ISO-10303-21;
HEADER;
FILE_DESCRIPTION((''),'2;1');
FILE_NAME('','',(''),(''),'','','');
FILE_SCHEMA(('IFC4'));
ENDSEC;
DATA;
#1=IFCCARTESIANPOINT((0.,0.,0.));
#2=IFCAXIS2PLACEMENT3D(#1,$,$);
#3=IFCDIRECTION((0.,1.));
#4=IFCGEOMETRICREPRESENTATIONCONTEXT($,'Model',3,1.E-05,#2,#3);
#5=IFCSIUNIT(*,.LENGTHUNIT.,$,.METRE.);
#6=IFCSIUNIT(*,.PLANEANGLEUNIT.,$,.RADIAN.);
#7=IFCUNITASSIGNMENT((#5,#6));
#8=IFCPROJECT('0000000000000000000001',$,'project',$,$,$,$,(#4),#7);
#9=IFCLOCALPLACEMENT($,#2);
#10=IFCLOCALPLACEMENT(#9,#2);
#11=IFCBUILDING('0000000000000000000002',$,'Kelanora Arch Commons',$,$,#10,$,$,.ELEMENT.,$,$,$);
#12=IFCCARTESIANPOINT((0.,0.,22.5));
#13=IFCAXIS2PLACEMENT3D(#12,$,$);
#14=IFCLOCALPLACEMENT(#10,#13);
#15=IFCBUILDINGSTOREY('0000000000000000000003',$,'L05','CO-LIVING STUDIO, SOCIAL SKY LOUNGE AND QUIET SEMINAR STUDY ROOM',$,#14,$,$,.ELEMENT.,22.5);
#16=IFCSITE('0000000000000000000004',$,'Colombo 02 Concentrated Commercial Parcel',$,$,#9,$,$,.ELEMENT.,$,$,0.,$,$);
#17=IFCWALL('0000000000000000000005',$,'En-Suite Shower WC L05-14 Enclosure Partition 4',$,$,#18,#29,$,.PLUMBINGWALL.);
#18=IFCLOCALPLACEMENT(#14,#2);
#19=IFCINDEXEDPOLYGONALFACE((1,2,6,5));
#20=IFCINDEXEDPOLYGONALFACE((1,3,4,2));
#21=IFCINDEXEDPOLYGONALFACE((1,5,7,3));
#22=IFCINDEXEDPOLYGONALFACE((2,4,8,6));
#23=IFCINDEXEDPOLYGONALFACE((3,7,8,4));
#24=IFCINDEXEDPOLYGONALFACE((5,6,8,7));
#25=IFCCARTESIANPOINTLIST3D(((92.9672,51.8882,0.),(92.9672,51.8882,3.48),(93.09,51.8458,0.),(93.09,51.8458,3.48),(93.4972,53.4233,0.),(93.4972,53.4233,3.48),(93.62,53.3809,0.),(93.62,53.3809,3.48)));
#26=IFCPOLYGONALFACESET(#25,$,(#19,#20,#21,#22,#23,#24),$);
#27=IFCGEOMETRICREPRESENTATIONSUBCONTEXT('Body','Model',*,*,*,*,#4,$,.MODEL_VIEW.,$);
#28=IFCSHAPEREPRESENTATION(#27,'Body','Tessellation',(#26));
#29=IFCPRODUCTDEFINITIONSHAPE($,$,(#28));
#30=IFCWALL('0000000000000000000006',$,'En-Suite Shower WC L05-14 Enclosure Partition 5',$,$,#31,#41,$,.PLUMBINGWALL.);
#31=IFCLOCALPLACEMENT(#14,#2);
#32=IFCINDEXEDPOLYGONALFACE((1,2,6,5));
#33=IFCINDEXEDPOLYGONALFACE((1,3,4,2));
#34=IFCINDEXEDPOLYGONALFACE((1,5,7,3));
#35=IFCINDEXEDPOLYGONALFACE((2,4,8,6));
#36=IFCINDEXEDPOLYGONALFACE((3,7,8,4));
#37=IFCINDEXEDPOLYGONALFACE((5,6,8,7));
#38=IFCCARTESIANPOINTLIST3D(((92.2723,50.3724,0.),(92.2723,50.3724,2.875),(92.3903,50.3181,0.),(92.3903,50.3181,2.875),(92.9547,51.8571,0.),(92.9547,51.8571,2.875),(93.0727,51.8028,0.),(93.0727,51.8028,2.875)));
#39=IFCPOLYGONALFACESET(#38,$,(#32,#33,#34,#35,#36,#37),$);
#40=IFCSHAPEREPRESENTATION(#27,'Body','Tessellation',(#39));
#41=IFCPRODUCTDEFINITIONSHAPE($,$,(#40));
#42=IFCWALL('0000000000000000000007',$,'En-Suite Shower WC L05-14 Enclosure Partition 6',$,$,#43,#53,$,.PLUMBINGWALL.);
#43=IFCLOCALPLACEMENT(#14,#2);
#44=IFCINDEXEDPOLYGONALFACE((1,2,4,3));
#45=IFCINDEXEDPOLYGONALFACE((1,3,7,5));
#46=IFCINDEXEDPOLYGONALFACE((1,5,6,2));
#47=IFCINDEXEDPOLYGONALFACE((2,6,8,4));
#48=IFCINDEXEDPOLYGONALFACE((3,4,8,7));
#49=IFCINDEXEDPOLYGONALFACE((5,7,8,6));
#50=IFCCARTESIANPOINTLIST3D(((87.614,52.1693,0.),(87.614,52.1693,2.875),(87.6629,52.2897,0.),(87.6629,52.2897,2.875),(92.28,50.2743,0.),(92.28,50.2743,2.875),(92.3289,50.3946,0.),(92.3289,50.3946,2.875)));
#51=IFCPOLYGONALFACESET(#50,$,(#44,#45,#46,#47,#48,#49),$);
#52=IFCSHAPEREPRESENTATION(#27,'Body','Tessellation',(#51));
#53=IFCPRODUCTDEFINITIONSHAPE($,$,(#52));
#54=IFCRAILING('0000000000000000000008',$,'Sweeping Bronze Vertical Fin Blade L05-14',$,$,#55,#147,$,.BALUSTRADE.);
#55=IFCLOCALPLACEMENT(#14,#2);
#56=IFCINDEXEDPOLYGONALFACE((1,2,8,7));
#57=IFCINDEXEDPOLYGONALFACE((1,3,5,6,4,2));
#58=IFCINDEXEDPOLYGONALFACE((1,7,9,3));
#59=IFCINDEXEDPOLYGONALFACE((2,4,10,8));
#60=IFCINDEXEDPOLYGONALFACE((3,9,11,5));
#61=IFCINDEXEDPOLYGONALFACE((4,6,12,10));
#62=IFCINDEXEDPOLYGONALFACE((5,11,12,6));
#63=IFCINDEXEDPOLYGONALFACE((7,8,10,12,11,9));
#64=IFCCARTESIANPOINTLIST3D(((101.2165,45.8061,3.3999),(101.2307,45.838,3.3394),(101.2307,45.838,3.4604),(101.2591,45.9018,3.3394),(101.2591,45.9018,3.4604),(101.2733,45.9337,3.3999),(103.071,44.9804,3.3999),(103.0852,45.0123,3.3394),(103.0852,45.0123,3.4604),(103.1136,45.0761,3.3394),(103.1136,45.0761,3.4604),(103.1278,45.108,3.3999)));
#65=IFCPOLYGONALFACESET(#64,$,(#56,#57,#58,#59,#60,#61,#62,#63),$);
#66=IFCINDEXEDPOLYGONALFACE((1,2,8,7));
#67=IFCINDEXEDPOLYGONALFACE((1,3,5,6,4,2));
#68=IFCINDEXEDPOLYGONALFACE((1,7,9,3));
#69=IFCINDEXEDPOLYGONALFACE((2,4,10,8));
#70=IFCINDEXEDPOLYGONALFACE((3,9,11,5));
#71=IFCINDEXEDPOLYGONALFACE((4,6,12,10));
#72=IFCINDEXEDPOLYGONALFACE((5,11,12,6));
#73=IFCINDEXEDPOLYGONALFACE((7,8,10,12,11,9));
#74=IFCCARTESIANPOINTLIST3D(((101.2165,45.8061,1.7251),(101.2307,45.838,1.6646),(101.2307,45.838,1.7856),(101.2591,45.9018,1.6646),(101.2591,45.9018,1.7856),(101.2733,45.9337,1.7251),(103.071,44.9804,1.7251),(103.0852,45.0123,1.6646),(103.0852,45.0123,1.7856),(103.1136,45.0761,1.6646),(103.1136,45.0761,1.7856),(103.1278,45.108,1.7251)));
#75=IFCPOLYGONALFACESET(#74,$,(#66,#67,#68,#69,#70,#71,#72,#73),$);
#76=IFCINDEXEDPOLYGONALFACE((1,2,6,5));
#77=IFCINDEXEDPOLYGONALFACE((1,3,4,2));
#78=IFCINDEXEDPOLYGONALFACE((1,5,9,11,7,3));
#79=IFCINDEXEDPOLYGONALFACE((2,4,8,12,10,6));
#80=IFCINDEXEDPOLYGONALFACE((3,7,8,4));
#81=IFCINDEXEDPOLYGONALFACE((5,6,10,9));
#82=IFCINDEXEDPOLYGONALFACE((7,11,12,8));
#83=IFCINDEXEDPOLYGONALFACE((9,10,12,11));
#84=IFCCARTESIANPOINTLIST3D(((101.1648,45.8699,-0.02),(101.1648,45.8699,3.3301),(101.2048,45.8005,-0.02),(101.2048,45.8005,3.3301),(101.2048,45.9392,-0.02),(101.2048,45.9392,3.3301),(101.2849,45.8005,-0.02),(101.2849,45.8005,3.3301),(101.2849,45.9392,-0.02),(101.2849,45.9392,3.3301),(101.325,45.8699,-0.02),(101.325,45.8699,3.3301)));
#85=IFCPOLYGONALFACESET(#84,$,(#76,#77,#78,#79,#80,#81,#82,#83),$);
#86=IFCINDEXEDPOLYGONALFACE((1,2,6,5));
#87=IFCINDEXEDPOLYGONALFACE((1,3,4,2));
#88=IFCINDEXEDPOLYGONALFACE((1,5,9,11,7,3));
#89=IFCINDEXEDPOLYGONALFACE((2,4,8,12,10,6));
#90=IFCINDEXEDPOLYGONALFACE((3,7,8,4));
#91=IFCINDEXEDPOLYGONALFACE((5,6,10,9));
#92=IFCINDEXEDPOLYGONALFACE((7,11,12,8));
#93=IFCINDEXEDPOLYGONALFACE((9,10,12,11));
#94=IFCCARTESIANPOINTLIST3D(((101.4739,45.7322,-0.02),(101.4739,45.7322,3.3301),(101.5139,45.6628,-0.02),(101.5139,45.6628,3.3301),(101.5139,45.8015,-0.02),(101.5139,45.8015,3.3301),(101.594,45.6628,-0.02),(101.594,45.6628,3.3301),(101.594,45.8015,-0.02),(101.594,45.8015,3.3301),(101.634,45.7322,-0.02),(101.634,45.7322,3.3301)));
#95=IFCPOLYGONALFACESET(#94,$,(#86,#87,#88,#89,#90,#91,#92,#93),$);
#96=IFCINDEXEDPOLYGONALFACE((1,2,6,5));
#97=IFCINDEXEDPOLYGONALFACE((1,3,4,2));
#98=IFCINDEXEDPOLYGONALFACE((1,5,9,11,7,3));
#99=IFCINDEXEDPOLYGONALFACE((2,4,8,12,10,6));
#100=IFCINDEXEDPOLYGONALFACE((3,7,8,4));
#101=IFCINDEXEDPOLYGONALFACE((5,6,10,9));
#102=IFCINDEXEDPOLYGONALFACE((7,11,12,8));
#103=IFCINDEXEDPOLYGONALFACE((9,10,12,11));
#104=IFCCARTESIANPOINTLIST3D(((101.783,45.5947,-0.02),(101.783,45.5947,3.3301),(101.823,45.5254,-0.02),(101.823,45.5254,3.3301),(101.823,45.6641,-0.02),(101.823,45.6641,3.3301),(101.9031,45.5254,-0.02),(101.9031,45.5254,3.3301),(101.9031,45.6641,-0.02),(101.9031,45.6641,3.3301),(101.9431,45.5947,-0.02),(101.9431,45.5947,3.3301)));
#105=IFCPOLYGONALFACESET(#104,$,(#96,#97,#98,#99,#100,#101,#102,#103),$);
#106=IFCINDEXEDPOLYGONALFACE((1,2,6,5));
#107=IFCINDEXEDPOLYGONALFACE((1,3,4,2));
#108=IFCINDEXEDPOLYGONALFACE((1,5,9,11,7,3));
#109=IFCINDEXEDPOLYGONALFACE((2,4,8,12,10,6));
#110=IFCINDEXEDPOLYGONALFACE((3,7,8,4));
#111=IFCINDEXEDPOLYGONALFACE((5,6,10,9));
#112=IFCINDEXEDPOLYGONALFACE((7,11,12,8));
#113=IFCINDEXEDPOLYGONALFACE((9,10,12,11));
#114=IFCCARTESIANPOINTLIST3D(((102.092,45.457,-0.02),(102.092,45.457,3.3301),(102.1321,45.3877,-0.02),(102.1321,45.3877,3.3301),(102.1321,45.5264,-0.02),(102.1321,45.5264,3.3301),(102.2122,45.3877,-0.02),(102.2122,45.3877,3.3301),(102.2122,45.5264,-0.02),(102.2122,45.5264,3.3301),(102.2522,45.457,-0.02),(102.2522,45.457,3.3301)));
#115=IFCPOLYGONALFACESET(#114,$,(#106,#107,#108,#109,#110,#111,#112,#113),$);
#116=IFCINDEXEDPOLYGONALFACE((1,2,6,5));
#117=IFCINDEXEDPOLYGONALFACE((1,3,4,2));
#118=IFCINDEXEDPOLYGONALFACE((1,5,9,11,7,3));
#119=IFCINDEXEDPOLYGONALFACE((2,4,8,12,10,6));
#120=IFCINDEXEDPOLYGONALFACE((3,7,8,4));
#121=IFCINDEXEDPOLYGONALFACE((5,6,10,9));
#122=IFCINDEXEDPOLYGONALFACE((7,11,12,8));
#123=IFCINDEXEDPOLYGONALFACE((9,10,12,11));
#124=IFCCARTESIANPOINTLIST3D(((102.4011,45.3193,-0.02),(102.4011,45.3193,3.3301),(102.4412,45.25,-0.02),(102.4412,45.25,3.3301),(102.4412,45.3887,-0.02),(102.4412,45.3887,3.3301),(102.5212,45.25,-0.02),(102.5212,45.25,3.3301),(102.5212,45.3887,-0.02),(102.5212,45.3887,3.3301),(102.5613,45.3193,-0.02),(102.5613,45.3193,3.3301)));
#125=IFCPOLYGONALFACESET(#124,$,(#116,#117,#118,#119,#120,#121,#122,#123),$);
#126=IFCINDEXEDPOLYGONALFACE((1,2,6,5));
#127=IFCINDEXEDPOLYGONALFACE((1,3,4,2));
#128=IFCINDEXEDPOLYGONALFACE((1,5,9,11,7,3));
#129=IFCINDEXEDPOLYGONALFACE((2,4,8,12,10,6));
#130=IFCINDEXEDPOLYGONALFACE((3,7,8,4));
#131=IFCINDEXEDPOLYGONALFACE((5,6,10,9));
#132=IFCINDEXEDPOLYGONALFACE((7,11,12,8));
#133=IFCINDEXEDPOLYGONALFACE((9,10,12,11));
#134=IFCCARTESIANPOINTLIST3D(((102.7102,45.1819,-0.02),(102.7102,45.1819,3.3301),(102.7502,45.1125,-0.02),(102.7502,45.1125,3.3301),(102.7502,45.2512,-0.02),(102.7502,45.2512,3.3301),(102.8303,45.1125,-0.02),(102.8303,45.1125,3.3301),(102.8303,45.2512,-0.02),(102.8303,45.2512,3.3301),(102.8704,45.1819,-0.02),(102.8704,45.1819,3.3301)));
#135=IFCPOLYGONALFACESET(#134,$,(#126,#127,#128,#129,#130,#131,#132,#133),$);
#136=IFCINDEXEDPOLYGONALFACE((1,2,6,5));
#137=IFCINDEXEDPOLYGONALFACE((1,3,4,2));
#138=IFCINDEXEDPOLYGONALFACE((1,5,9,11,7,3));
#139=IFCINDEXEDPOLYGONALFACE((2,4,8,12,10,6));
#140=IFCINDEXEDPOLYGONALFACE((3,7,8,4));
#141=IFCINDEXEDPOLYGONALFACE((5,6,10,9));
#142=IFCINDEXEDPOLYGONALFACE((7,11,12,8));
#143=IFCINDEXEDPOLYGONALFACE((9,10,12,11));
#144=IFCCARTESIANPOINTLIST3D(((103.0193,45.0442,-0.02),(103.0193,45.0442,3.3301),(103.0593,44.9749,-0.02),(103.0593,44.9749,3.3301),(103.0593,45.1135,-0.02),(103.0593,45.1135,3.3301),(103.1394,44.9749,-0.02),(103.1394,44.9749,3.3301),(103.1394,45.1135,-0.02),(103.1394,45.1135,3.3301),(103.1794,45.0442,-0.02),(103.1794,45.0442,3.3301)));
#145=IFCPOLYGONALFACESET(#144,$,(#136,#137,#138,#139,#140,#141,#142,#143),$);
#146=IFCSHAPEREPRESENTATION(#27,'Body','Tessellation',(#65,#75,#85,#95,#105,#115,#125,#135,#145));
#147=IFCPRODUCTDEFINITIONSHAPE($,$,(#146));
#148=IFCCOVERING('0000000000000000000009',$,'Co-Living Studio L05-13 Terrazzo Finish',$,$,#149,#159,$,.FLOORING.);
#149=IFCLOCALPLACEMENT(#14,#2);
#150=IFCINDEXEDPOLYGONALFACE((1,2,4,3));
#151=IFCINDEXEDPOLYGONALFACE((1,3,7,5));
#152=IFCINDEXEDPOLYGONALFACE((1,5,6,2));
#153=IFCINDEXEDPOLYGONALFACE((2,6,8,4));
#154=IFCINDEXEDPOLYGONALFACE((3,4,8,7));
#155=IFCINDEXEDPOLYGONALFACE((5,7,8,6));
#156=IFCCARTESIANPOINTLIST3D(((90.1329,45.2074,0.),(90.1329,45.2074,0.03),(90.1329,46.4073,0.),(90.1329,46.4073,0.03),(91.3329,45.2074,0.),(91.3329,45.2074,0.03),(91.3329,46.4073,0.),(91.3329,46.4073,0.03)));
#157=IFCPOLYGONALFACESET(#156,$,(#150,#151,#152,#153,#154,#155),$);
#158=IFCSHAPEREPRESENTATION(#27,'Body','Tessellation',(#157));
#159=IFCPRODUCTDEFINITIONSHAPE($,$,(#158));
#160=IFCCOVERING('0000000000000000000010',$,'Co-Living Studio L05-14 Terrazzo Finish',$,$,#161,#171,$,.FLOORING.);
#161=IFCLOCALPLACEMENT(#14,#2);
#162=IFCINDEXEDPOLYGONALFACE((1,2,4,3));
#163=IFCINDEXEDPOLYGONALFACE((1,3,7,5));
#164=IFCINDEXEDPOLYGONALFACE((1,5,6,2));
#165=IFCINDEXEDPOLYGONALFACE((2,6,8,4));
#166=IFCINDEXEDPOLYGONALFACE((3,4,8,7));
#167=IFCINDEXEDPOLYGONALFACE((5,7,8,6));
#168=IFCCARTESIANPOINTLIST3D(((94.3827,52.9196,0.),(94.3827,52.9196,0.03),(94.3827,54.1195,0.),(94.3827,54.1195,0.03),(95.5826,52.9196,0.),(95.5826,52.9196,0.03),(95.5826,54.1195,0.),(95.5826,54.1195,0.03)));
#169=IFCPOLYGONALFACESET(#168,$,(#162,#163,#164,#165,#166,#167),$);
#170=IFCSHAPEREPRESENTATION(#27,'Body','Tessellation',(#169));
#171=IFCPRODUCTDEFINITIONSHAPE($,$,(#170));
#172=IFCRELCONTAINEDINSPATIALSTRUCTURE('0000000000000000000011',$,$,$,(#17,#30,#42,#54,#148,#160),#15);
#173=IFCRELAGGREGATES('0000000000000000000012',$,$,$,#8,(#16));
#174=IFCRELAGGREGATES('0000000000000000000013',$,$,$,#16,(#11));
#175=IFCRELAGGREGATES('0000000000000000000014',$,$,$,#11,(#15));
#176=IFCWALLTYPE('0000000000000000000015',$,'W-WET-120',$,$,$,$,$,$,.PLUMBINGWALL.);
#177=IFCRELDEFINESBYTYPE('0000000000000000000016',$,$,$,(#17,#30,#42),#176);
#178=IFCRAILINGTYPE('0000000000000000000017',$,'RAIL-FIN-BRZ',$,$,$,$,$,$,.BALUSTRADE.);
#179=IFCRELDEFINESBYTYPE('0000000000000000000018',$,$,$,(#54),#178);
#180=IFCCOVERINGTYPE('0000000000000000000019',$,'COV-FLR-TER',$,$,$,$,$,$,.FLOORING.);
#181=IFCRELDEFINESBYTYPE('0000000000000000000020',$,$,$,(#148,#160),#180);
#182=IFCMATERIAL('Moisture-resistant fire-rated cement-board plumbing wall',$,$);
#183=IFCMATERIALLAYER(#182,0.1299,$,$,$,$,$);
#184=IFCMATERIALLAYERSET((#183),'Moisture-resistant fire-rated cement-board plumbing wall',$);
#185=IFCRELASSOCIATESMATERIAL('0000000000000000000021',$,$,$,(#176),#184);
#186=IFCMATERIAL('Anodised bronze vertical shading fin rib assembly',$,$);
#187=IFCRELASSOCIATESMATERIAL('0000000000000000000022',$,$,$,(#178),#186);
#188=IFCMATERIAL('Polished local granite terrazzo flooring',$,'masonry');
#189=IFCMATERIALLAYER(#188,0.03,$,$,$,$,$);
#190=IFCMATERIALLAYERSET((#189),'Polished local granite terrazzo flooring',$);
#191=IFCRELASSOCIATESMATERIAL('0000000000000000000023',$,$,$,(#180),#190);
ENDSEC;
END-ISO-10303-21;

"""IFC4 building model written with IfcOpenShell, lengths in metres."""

from ifc_helpers import new_model, si_unit, direction, frame, frame_2d, origin, origin_2d, place, context, subcontext, project, spatial, polyline, rectangle, outline, extrude, source, transform, mapped, material, layer, layer_set, type_object, element, save


model = new_model("IFC4")

# Units and contexts
model_context = context("Model", 3, precision=1e-05, world=origin(), true_north=direction((0.0, 1.0)))
body_context = subcontext(model_context, "Body", "Model", "MODEL_VIEW")
ifc_project = project(units=[si_unit("LENGTHUNIT", "METRE"), si_unit("PLANEANGLEUNIT", "RADIAN")], contexts=[model_context])

# Site, building, storey
site_placement = place(None, origin())
site = spatial("IfcSite", under=ifc_project, at=site_placement, Name="Colombo 02 Concentrated Commercial Parcel", CompositionType="ELEMENT", RefElevation=0.0)
building_placement = place(site_placement, origin())
building = spatial("IfcBuilding", under=site, at=building_placement, Name="Kelanora Arch Commons", CompositionType="ELEMENT")
storey_placement = place(building_placement, frame((0.0, 0.0, 22.5)))
storey = spatial("IfcBuildingStorey", under=building, at=storey_placement, Name="L05", Description="CO-LIVING STUDIO, SOCIAL SKY LOUNGE AND QUIET SEMINAR STUDY ROOM", CompositionType="ELEMENT", Elevation=22.5)

# Shared definitions
ifc_material_1 = material(Name="Moisture-resistant fire-rated cement-board plumbing wall")
ifc_layer_1 = layer(ifc_material_1, 0.1299)
ifc_layer_set_1 = layer_set([ifc_layer_1], Name="Moisture-resistant fire-rated cement-board plumbing wall")
wall_type_1 = type_object("IfcWallType", Name="W-WET-120", PredefinedType="PLUMBINGWALL", material=ifc_layer_set_1)

# Walls
wall_1_placement = place(storey_placement, frame((93.5586, 53.4021, 0.0), z_axis=(0.0, 0.0, 1.0), x_axis=(-0.326357, -0.945247, 0.0)))
element("IfcWall", 1, at=wall_1_placement, inside=storey, type_object=wall_type_1, Name="En-Suite Shower WC L05-14 Enclosure Partition 4", PredefinedType="PLUMBINGWALL", context=body_context, shape_type="SweptSolid", body=[
    extrude(rectangle(XDim=1.624, YDim=0.1299, at=frame_2d((0.812, 0.0))), origin(), (0.0, 0.0, 1.0), 3.48),
])
wall_2_placement = place(storey_placement, frame((93.0137, 51.8298, 0.0), z_axis=(0.0, 0.0, 1.0), x_axis=(-0.417627, -0.908619, 0.0)))
element("IfcWall", 2, at=wall_2_placement, inside=storey, type_object=wall_type_1, Name="En-Suite Shower WC L05-14 Enclosure Partition 5", PredefinedType="PLUMBINGWALL", context=body_context, shape_type="SweptSolid", body=[
    extrude(rectangle(XDim=1.634, YDim=0.1299, at=frame_2d((0.8169, 0.0))), origin(), (0.0, 0.0, 1.0), 2.875),
])
wall_3_placement = place(storey_placement, frame((92.3044, 50.3345, 0.0), z_axis=(0.0, 0.0, 1.0), x_axis=(-0.926505, 0.376283, 0.0)))
element("IfcWall", 3, at=wall_3_placement, inside=storey, type_object=wall_type_1, Name="En-Suite Shower WC L05-14 Enclosure Partition 6", PredefinedType="PLUMBINGWALL", context=body_context, shape_type="SweptSolid", body=[
    extrude(rectangle(XDim=5.0361, YDim=0.1299, at=frame_2d((2.5181, 0.0))), origin(), (0.0, 0.0, 1.0), 2.875),
])

# Railing
ifc_material_2 = material(Name="Anodised bronze vertical shading fin rib assembly")
railing_type = type_object("IfcRailingType", Name="RAIL-FIN-BRZ", PredefinedType="BALUSTRADE", material=ifc_material_2)
railing_placement = place(storey_placement, frame((101.2449, 45.8699, -0.02)))
element("IfcRailing", 4, at=railing_placement, inside=storey, type_object=railing_type, Name="Sweeping Bronze Vertical Fin Blade L05-14", PredefinedType="BALUSTRADE", context=body_context, shape_type="SweptSolid", body=[
    extrude(outline(polyline([(0.0698, 0.0), (0.0349, 0.0605), (-0.0349, 0.0605), (-0.0698, 0.0), (-0.0349, -0.0605), (0.0349, -0.0605), (0.0698, 0.0)])), frame((0.0, 0.0, 3.4199), z_axis=(0.913544, -0.406741, 0.0), x_axis=(0.406741, 0.913544, 0.0)), (0.0, 0.0, 1.0), 2.03),
    extrude(outline(polyline([(0.0698, 0.0), (0.0349, 0.0605), (-0.0349, 0.0605), (-0.0698, 0.0), (-0.0349, -0.0605), (0.0349, -0.0605), (0.0698, 0.0)])), frame((0.0, 0.0, 1.7451), z_axis=(0.913544, -0.406741, 0.0), x_axis=(0.406741, 0.913544, 0.0)), (0.0, 0.0, 1.0), 2.03),
    extrude(outline(polyline([(0.0801, 0.0), (0.04, 0.0693), (-0.04, 0.0693), (-0.0801, 0.0), (-0.04, -0.0693), (0.04, -0.0693), (0.0801, 0.0)])), origin(), (0.0, 0.0, 1.0), 3.3501),
    extrude(outline(polyline([(0.0801, 0.0), (0.04, 0.0693), (-0.04, 0.0693), (-0.0801, 0.0), (-0.04, -0.0693), (0.04, -0.0693), (0.0801, 0.0)])), frame((0.3091, -0.1377, 0.0)), (0.0, 0.0, 1.0), 3.3501),
    extrude(outline(polyline([(0.0801, 0.0), (0.04, 0.0693), (-0.04, 0.0693), (-0.0801, 0.0), (-0.04, -0.0693), (0.04, -0.0693), (0.0801, 0.0)])), frame((0.6182, -0.2751, 0.0)), (0.0, 0.0, 1.0), 3.3501),
    extrude(outline(polyline([(0.0801, 0.0), (0.04, 0.0693), (-0.04, 0.0693), (-0.0801, 0.0), (-0.04, -0.0693), (0.04, -0.0693), (0.0801, 0.0)])), frame((0.9272, -0.4128, 0.0)), (0.0, 0.0, 1.0), 3.3501),
    extrude(outline(polyline([(0.0801, 0.0), (0.04, 0.0693), (-0.04, 0.0693), (-0.0801, 0.0), (-0.04, -0.0693), (0.04, -0.0693), (0.0801, 0.0)])), frame((1.2363, -0.5505, 0.0)), (0.0, 0.0, 1.0), 3.3501),
    extrude(outline(polyline([(0.0801, 0.0), (0.04, 0.0693), (-0.04, 0.0693), (-0.0801, 0.0), (-0.04, -0.0693), (0.04, -0.0693), (0.0801, 0.0)])), frame((1.5454, -0.688, 0.0)), (0.0, 0.0, 1.0), 3.3501),
    extrude(outline(polyline([(0.0801, 0.0), (0.04, 0.0693), (-0.04, 0.0693), (-0.0801, 0.0), (-0.04, -0.0693), (0.04, -0.0693), (0.0801, 0.0)])), frame((1.8545, -0.8257, 0.0)), (0.0, 0.0, 1.0), 3.3501),
])

# Coverings
ifc_material_3 = material(Name="Polished local granite terrazzo flooring", Category="masonry")
ifc_layer_2 = layer(ifc_material_3, 0.03)
ifc_layer_set_2 = layer_set([ifc_layer_2], Name="Polished local granite terrazzo flooring")
covering_type = type_object("IfcCoveringType", Name="COV-FLR-TER", PredefinedType="FLOORING", material=ifc_layer_set_2)
shared_shape_1 = source(origin(), body_context, "Body", "SweptSolid", [
    extrude(rectangle(XDim=1.2, YDim=1.2, at=origin_2d()), origin(), (0.0, 0.0, 1.0), 0.03),
])
for number, where, z_axis, x_axis, name in (
    (5, (90.7329, 45.8074, 0.0), (0.0, 0.0, 1.0), (1.0, 0.0, 0.0), "Co-Living Studio L05-13 Terrazzo Finish"),
    (6, (94.9827, 53.5195, 0.0), (0.0, 0.0, 1.0), (1.0, 0.0, 0.0), "Co-Living Studio L05-14 Terrazzo Finish"),
):
    element("IfcCovering", number, at=place(storey_placement, frame(where, z_axis=z_axis, x_axis=x_axis)), inside=storey, type_object=covering_type, Name=name, PredefinedType="FLOORING", context=body_context, shape_type="MappedRepresentation", body=[
        mapped(shared_shape_1, transform((0.0, 0.0, 0.0), scale=1.0)),
    ])

save(model, "model.ifc")
